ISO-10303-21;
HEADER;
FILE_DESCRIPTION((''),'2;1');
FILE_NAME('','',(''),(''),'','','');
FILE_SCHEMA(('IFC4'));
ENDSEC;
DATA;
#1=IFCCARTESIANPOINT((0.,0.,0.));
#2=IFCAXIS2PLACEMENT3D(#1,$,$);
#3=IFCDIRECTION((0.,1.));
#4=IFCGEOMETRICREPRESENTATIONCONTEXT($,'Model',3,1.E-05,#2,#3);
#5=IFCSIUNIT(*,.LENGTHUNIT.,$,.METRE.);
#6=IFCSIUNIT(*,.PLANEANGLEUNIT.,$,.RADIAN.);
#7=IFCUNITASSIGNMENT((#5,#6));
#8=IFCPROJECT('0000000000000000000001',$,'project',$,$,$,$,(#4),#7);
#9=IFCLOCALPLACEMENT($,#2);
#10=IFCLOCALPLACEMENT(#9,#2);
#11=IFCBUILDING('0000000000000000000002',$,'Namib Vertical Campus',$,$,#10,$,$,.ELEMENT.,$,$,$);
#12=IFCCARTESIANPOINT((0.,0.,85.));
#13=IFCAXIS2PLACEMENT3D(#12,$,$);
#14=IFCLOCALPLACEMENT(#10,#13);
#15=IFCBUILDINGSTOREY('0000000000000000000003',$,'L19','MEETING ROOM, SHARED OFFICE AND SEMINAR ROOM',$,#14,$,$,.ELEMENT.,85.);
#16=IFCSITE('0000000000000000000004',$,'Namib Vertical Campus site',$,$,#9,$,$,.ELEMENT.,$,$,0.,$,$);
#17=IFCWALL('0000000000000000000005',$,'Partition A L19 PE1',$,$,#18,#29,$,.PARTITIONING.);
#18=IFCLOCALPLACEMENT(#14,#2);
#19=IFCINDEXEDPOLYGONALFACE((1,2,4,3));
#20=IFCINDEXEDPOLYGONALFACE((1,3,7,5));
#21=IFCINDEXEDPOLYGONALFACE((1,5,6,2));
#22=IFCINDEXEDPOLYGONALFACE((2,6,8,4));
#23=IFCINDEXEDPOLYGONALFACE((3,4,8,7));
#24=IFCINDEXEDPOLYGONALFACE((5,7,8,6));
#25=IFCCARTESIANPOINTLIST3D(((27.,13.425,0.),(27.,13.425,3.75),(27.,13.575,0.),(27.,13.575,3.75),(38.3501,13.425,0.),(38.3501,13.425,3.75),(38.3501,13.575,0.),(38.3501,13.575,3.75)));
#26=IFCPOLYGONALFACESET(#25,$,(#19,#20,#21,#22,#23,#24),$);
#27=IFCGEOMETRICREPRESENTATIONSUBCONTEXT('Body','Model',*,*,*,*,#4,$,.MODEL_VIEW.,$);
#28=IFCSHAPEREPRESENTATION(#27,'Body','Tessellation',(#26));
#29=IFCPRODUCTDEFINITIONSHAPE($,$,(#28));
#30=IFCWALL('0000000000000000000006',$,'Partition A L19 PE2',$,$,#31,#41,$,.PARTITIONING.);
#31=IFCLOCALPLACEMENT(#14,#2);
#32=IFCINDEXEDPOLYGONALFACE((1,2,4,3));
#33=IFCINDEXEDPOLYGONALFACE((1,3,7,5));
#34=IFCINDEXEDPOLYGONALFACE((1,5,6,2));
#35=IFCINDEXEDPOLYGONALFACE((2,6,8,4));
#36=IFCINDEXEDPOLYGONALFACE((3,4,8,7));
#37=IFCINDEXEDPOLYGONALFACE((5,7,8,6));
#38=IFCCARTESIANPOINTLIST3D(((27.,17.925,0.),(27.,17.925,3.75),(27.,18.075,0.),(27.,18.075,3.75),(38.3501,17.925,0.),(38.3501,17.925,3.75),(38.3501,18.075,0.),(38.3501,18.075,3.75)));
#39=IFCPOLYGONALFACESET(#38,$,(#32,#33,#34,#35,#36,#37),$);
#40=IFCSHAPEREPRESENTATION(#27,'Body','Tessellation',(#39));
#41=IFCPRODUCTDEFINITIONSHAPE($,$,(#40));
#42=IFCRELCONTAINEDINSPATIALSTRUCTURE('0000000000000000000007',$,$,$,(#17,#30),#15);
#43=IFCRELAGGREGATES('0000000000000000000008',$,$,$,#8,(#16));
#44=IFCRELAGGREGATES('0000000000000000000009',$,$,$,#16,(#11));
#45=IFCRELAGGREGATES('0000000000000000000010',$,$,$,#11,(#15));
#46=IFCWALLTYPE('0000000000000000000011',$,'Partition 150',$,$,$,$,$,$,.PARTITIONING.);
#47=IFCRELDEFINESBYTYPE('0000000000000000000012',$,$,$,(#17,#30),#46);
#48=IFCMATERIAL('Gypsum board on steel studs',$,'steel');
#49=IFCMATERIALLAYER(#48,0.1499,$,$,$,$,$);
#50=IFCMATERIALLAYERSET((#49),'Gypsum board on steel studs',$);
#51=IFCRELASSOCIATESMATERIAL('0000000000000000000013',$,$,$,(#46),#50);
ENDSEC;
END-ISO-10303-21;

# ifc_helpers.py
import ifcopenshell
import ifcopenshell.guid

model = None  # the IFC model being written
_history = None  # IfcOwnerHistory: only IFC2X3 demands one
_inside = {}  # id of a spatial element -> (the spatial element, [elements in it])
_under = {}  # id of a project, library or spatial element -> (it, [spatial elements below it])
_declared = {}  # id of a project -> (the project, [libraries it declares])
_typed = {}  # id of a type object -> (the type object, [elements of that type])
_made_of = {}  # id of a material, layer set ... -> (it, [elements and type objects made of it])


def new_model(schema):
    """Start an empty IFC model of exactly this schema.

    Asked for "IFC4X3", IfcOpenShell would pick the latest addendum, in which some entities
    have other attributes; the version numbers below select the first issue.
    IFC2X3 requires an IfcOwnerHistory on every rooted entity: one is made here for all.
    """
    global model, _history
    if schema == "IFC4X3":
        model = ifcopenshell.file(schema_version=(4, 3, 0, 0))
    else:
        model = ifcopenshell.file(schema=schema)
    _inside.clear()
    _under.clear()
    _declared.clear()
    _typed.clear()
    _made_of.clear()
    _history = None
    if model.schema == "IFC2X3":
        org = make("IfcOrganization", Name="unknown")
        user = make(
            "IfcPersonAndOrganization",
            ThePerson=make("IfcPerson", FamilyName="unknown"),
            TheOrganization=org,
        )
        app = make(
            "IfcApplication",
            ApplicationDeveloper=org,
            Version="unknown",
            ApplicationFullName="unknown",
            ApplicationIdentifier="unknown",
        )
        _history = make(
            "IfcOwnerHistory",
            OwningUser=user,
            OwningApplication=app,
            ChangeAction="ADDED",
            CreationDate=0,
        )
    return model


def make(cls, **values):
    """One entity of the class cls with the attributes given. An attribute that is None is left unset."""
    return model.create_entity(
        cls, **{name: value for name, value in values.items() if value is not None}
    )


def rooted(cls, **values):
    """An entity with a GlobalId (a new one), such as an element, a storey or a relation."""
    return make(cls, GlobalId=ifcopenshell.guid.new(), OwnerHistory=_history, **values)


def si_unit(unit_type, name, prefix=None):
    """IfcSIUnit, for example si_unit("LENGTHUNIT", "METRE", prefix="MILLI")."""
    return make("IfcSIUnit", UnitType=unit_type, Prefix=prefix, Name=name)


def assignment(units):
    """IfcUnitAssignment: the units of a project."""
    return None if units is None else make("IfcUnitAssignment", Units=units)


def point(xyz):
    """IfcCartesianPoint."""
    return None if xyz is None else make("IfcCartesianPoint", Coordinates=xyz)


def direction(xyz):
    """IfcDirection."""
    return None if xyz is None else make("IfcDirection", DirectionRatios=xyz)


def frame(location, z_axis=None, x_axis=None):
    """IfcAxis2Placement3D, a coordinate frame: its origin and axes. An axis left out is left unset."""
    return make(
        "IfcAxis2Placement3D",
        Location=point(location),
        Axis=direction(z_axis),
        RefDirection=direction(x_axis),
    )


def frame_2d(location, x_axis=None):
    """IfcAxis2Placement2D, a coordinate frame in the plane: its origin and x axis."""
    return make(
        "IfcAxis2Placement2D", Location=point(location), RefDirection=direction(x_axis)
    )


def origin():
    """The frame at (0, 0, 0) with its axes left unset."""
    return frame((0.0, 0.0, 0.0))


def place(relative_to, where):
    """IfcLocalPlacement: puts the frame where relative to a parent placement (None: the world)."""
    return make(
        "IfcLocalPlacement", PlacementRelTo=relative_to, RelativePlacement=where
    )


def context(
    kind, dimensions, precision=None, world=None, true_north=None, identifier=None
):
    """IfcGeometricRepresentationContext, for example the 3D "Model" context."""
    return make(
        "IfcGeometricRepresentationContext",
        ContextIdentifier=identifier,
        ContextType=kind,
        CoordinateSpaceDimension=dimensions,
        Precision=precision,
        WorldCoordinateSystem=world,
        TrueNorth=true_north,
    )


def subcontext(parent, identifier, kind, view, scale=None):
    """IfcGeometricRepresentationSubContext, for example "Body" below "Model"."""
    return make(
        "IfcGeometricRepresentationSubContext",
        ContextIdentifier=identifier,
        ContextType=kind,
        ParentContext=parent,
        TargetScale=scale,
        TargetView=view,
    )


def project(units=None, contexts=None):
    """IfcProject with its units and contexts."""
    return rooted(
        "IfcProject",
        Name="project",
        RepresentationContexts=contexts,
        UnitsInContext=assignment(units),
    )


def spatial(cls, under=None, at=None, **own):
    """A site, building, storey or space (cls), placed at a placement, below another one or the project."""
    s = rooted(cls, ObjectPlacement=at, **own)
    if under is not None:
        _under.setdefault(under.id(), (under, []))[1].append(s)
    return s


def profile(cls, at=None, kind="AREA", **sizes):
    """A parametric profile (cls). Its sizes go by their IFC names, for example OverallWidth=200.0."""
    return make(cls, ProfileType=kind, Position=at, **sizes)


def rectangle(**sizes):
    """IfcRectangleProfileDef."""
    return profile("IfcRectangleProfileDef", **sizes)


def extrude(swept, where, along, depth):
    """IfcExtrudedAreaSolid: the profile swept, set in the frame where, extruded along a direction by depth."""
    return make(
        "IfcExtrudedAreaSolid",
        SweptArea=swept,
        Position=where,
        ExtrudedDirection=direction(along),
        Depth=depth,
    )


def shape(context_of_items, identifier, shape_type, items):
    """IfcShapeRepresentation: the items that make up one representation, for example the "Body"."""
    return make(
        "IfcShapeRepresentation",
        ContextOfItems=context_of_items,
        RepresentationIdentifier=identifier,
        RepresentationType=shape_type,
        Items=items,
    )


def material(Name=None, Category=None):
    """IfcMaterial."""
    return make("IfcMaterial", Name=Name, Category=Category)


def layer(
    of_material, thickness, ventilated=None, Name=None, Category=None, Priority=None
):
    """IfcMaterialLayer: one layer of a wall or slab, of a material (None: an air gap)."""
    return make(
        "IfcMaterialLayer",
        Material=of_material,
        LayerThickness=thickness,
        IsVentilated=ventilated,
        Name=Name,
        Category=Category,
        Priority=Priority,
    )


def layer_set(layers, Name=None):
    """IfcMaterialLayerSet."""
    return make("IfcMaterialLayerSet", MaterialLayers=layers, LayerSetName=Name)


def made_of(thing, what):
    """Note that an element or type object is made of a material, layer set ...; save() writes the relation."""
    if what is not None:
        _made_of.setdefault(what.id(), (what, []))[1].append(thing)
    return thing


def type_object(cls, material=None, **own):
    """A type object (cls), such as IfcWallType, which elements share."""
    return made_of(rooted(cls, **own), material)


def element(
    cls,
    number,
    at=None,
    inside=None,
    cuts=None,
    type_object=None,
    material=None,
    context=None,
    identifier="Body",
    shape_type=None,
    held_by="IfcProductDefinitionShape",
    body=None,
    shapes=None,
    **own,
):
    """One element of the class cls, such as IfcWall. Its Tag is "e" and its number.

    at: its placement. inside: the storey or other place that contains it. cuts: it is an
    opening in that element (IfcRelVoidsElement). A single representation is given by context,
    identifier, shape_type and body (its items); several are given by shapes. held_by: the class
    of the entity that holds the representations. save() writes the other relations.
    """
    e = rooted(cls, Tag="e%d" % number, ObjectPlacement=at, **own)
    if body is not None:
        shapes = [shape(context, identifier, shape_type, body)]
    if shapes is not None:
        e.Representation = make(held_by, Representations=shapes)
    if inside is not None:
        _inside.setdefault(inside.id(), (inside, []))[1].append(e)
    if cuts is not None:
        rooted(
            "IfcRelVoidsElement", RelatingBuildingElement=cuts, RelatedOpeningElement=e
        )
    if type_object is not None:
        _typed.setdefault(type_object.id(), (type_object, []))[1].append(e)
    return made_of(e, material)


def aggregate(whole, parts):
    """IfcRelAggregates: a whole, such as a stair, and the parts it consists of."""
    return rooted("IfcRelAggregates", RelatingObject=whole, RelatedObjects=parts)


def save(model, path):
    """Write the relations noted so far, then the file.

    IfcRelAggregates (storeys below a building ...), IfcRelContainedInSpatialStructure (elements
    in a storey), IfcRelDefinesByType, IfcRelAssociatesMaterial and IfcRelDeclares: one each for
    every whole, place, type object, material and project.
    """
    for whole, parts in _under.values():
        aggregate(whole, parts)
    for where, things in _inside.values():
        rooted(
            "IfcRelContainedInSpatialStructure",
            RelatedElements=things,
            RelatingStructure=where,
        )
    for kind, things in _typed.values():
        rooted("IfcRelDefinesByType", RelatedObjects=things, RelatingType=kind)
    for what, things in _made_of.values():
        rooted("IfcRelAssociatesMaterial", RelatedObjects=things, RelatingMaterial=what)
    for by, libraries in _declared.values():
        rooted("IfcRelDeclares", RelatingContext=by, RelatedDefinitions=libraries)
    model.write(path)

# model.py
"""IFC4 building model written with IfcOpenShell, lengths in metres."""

from ifc_helpers import new_model, si_unit, direction, frame, frame_2d, origin, place, context, subcontext, project, spatial, rectangle, extrude, material, layer, layer_set, type_object, element, save


model = new_model("IFC4")

# Units and contexts
model_context = context("Model", 3, precision=1e-05, world=origin(), true_north=direction((0.0, 1.0)))
body_context = subcontext(model_context, "Body", "Model", "MODEL_VIEW")
ifc_project = project(units=[si_unit("LENGTHUNIT", "METRE"), si_unit("PLANEANGLEUNIT", "RADIAN")], contexts=[model_context])

# Site, building, storey
site_placement = place(None, origin())
site = spatial("IfcSite", under=ifc_project, at=site_placement, Name="Namib Vertical Campus site", CompositionType="ELEMENT", RefElevation=0.0)
building_placement = place(site_placement, origin())
building = spatial("IfcBuilding", under=site, at=building_placement, Name="Namib Vertical Campus", CompositionType="ELEMENT")
storey_placement = place(building_placement, frame((0.0, 0.0, 85.0)))
storey = spatial("IfcBuildingStorey", under=building, at=storey_placement, Name="L19", Description="MEETING ROOM, SHARED OFFICE AND SEMINAR ROOM", CompositionType="ELEMENT", Elevation=85.0)

# Walls
ifc_material_1 = material(Name="Gypsum board on steel studs", Category="steel")
ifc_layer_1 = layer(ifc_material_1, 0.1499)
ifc_layer_set_1 = layer_set([ifc_layer_1], Name="Gypsum board on steel studs")
wall_type_1 = type_object("IfcWallType", Name="Partition 150", PredefinedType="PARTITIONING", material=ifc_layer_set_1)
for number, where, z_axis, x_axis, name in (
    (1, (27.0, 13.5, 0.0), (0.0, 0.0, 1.0), (1.0, 0.0, 0.0), "Partition A L19 PE1"),
    (2, (27.0, 18.0, 0.0), (0.0, 0.0, 1.0), (1.0, 0.0, 0.0), "Partition A L19 PE2"),
):
    element("IfcWall", number, at=place(storey_placement, frame(where, z_axis=z_axis, x_axis=x_axis)), inside=storey, type_object=wall_type_1, Name=name, PredefinedType="PARTITIONING", context=body_context, shape_type="SweptSolid", body=[
        extrude(rectangle(XDim=11.3501, YDim=0.1499, at=frame_2d((5.675, 0.0))), origin(), (0.0, 0.0, 1.0), 3.75),
    ])

save(model, "model.ifc")
